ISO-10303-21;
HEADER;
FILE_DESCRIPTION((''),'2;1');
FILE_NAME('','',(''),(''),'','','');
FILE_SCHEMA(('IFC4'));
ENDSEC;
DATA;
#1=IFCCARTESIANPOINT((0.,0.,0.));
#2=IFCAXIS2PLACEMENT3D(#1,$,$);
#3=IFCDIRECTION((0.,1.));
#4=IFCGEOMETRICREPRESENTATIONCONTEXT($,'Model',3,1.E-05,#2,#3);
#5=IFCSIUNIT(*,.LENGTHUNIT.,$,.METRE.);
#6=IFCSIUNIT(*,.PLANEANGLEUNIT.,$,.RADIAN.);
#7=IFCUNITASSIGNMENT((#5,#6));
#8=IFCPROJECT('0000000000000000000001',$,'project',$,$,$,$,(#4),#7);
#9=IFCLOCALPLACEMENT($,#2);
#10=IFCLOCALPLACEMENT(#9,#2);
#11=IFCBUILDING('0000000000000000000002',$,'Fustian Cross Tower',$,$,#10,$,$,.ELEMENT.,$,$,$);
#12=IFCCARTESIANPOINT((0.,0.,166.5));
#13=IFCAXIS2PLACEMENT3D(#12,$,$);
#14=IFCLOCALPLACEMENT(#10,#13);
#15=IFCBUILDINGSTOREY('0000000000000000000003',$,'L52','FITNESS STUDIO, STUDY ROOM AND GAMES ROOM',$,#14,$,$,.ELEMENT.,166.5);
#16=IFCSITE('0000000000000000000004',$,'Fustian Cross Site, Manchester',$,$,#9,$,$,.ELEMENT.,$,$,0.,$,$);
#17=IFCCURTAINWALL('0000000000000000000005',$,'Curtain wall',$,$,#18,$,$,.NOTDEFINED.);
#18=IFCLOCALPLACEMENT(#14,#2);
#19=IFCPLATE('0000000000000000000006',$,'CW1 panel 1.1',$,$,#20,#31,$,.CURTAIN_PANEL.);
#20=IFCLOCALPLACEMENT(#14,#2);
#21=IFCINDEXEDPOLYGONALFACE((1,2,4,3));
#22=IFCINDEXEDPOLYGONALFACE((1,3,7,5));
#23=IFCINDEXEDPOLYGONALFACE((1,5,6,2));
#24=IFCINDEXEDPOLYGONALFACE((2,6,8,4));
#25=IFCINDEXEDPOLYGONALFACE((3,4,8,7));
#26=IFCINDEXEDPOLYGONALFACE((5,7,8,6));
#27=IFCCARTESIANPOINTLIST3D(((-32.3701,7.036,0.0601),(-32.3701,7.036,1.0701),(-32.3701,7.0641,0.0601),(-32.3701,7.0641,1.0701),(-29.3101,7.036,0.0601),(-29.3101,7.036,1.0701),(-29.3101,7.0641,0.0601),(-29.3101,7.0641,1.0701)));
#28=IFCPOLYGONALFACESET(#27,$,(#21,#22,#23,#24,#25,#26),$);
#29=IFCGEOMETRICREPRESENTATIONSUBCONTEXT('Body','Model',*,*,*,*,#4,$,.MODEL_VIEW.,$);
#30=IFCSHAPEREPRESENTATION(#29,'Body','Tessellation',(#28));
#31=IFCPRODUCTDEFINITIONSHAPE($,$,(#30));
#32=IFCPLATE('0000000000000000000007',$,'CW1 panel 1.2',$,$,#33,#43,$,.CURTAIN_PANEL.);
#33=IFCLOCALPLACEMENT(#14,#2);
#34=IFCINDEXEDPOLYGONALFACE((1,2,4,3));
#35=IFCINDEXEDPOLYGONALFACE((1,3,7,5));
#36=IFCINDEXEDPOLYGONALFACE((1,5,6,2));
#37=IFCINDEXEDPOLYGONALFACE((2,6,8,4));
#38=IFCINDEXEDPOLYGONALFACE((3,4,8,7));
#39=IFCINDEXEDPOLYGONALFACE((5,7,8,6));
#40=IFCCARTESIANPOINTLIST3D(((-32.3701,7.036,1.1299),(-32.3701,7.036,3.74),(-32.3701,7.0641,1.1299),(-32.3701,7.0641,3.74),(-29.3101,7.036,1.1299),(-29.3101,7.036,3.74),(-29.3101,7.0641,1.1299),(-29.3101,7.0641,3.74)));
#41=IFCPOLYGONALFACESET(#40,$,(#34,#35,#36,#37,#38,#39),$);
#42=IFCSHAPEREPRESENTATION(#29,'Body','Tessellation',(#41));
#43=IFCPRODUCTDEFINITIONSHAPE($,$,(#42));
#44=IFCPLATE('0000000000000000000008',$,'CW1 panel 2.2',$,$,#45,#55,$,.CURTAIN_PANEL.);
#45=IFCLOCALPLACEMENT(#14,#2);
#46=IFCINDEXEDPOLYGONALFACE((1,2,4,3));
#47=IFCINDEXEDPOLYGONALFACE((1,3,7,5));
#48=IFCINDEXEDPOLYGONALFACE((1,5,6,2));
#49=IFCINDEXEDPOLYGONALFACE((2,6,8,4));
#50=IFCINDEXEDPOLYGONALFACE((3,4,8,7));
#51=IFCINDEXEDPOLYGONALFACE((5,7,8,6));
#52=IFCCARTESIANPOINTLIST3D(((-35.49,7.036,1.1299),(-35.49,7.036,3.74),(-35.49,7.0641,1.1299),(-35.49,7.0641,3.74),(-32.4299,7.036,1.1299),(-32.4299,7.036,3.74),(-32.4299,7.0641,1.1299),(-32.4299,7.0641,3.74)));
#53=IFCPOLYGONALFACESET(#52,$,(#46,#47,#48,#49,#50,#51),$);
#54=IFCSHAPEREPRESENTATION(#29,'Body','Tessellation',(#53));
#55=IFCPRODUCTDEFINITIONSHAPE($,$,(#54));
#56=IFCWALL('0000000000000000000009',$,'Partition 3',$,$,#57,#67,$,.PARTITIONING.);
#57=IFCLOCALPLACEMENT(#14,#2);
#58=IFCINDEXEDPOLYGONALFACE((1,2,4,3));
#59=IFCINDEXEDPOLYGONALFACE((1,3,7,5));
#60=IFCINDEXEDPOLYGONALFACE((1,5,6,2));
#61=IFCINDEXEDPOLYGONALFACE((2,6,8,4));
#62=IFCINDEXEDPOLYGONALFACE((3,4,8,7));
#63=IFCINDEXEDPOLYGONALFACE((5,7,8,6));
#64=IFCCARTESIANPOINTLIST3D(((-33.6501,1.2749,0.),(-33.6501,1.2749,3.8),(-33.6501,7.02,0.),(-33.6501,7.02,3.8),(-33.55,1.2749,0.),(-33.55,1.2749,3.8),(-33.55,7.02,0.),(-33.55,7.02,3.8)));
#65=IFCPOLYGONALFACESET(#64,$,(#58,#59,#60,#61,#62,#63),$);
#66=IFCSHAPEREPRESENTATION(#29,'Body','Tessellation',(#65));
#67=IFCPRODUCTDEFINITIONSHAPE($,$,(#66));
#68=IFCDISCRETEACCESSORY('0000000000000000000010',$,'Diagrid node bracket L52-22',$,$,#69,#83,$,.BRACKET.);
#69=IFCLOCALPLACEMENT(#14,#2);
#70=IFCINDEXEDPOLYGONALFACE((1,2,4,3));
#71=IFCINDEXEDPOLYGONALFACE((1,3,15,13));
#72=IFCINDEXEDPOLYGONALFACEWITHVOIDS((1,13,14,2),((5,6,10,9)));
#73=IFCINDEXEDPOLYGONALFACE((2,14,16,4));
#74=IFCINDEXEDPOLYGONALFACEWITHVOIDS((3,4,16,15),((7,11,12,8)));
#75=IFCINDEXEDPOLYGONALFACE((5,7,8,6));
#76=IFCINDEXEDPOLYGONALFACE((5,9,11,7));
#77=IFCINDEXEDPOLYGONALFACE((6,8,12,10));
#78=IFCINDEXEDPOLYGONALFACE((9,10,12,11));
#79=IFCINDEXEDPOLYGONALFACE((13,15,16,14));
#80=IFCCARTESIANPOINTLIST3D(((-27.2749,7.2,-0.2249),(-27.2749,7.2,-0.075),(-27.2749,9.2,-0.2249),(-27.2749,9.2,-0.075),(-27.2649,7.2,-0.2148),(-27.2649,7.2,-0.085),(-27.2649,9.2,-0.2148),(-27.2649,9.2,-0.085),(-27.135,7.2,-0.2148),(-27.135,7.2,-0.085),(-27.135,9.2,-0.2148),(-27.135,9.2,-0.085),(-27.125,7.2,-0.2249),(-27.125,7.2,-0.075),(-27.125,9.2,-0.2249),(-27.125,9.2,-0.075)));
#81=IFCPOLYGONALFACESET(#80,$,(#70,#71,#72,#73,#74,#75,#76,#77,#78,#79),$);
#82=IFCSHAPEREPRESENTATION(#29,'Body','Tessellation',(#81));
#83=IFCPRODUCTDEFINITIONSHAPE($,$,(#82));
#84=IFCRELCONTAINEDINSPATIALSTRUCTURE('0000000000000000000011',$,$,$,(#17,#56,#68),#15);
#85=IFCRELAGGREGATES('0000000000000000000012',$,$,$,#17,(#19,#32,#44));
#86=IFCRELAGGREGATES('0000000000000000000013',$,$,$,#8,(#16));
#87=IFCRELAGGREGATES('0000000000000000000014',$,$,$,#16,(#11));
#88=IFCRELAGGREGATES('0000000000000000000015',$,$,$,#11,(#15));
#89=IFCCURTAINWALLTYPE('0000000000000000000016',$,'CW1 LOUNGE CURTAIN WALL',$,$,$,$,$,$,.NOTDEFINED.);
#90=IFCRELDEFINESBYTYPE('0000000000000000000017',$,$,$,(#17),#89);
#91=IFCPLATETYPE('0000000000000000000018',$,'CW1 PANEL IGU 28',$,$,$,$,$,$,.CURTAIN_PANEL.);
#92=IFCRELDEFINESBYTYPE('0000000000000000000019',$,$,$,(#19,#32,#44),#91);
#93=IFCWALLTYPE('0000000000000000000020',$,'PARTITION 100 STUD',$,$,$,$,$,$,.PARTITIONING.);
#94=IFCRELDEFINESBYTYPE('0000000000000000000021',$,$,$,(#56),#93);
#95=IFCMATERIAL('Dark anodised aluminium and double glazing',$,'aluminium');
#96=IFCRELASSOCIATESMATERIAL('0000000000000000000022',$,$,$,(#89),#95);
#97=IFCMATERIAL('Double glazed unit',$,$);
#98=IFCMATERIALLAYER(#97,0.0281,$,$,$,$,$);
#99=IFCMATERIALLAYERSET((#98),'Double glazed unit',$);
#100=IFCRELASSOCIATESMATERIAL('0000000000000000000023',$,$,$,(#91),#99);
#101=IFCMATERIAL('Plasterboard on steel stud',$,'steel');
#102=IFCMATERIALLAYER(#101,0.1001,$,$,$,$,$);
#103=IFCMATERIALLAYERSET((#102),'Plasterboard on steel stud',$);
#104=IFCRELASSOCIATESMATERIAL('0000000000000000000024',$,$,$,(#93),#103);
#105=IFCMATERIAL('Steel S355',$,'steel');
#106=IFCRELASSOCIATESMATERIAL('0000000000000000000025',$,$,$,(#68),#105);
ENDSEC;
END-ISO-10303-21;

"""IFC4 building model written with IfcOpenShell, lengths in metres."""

from ifc_helpers import new_model, si_unit, direction, frame, frame_2d, origin, origin_2d, place, context, subcontext, project, spatial, rectangle, hollow_rectangle, extrude, material, layer, layer_set, type_object, element, aggregate, save


model = new_model("IFC4")

# Units and contexts
model_context = context("Model", 3, precision=1e-05, world=origin(), true_north=direction((0.0, 1.0)))
body_context = subcontext(model_context, "Body", "Model", "MODEL_VIEW")
ifc_project = project(units=[si_unit("LENGTHUNIT", "METRE"), si_unit("PLANEANGLEUNIT", "RADIAN")], contexts=[model_context])

# Site, building, storey
site_placement = place(None, origin())
site = spatial("IfcSite", under=ifc_project, at=site_placement, Name="Fustian Cross Site, Manchester", CompositionType="ELEMENT", RefElevation=0.0)
building_placement = place(site_placement, origin())
building = spatial("IfcBuilding", under=site, at=building_placement, Name="Fustian Cross Tower", CompositionType="ELEMENT")
storey_placement = place(building_placement, frame((0.0, 0.0, 166.5)))
storey = spatial("IfcBuildingStorey", under=building, at=storey_placement, Name="L52", Description="FITNESS STUDIO, STUDY ROOM AND GAMES ROOM", CompositionType="ELEMENT", Elevation=166.5)

# Shared definitions
ifc_material_1 = material(Name="Dark anodised aluminium and double glazing", Category="aluminium")
curtain_wall_type = type_object("IfcCurtainWallType", Name="CW1 LOUNGE CURTAIN WALL", PredefinedType="NOTDEFINED", material=ifc_material_1)

# Curtain wall
curtain_wall_1_placement = place(storey_placement, origin())
curtain_wall_1 = element("IfcCurtainWall", 1, at=curtain_wall_1_placement, inside=storey, type_object=curtain_wall_type, Name="Curtain wall", PredefinedType="NOTDEFINED")

# Plates
ifc_material_2 = material(Name="Double glazed unit")
ifc_layer_1 = layer(ifc_material_2, 0.0281)
ifc_layer_set_1 = layer_set([ifc_layer_1], Name="Double glazed unit")
plate_type = type_object("IfcPlateType", Name="CW1 PANEL IGU 28", PredefinedType="CURTAIN_PANEL", material=ifc_layer_set_1)
plate_1_placement = place(storey_placement, frame((-30.8401, 7.05, 0.0601), z_axis=(0.0, 0.0, 1.0), x_axis=(-1.0, 0.0, 0.0)))
plate_1 = element("IfcPlate", 2, at=plate_1_placement, type_object=plate_type, Name="CW1 panel 1.1", PredefinedType="CURTAIN_PANEL", context=body_context, shape_type="SweptSolid", body=[
    extrude(rectangle(XDim=3.0601, YDim=0.0281, at=origin_2d()), origin(), (0.0, 0.0, 1.0), 1.01),
])
plate_2_placement = place(storey_placement, frame((-30.8401, 7.05, 1.1299), z_axis=(0.0, 0.0, 1.0), x_axis=(-1.0, 0.0, 0.0)))
plate_2 = element("IfcPlate", 3, at=plate_2_placement, type_object=plate_type, Name="CW1 panel 1.2", PredefinedType="CURTAIN_PANEL", context=body_context, shape_type="SweptSolid", body=[
    extrude(rectangle(XDim=3.0601, YDim=0.0281, at=origin_2d()), origin(), (0.0, 0.0, 1.0), 2.6101),
])
plate_3_placement = place(storey_placement, frame((-33.96, 7.05, 1.1299), z_axis=(0.0, 0.0, 1.0), x_axis=(-1.0, 0.0, 0.0)))
plate_3 = element("IfcPlate", 4, at=plate_3_placement, type_object=plate_type, Name="CW1 panel 2.2", PredefinedType="CURTAIN_PANEL", context=body_context, shape_type="SweptSolid", body=[
    extrude(rectangle(XDim=3.0601, YDim=0.0281, at=origin_2d()), origin(), (0.0, 0.0, 1.0), 2.6101),
])
aggregate(curtain_wall_1, [plate_1, plate_2, plate_3])

# Wall
ifc_material_3 = material(Name="Plasterboard on steel stud", Category="steel")
ifc_layer_2 = layer(ifc_material_3, 0.1001)
ifc_layer_set_2 = layer_set([ifc_layer_2], Name="Plasterboard on steel stud")
wall_type = type_object("IfcWallType", Name="PARTITION 100 STUD", PredefinedType="PARTITIONING", material=ifc_layer_set_2)
wall_placement = place(storey_placement, frame((-33.6001, 1.2749, 0.0), z_axis=(0.0, 0.0, 1.0), x_axis=(0.0, 1.0, 0.0)))
element("IfcWall", 5, at=wall_placement, inside=storey, type_object=wall_type, Name="Partition 3", PredefinedType="PARTITIONING", context=body_context, shape_type="SweptSolid", body=[
    extrude(rectangle(XDim=5.7451, YDim=0.1001, at=frame_2d((2.8726, 0.0))), origin(), (0.0, 0.0, 1.0), 3.8),
])

# Discrete accessory
ifc_material_4 = material(Name="Steel S355", Category="steel")
discrete_accessory_placement = place(storey_placement, frame((-27.2, 9.2, -0.1499), z_axis=(0.0, -1.0, 0.0), x_axis=(1.0, 0.0, 0.0)))
element("IfcDiscreteAccessory", 6, at=discrete_accessory_placement, inside=storey, material=ifc_material_4, Name="Diagrid node bracket L52-22", PredefinedType="BRACKET", context=body_context, shape_type="SweptSolid", body=[
    extrude(hollow_rectangle(XDim=0.1499, YDim=0.1499, WallThickness=0.01, at=origin_2d()), origin(), (0.0, 0.0, 1.0), 2.0),
])

save(model, "model.ifc")
